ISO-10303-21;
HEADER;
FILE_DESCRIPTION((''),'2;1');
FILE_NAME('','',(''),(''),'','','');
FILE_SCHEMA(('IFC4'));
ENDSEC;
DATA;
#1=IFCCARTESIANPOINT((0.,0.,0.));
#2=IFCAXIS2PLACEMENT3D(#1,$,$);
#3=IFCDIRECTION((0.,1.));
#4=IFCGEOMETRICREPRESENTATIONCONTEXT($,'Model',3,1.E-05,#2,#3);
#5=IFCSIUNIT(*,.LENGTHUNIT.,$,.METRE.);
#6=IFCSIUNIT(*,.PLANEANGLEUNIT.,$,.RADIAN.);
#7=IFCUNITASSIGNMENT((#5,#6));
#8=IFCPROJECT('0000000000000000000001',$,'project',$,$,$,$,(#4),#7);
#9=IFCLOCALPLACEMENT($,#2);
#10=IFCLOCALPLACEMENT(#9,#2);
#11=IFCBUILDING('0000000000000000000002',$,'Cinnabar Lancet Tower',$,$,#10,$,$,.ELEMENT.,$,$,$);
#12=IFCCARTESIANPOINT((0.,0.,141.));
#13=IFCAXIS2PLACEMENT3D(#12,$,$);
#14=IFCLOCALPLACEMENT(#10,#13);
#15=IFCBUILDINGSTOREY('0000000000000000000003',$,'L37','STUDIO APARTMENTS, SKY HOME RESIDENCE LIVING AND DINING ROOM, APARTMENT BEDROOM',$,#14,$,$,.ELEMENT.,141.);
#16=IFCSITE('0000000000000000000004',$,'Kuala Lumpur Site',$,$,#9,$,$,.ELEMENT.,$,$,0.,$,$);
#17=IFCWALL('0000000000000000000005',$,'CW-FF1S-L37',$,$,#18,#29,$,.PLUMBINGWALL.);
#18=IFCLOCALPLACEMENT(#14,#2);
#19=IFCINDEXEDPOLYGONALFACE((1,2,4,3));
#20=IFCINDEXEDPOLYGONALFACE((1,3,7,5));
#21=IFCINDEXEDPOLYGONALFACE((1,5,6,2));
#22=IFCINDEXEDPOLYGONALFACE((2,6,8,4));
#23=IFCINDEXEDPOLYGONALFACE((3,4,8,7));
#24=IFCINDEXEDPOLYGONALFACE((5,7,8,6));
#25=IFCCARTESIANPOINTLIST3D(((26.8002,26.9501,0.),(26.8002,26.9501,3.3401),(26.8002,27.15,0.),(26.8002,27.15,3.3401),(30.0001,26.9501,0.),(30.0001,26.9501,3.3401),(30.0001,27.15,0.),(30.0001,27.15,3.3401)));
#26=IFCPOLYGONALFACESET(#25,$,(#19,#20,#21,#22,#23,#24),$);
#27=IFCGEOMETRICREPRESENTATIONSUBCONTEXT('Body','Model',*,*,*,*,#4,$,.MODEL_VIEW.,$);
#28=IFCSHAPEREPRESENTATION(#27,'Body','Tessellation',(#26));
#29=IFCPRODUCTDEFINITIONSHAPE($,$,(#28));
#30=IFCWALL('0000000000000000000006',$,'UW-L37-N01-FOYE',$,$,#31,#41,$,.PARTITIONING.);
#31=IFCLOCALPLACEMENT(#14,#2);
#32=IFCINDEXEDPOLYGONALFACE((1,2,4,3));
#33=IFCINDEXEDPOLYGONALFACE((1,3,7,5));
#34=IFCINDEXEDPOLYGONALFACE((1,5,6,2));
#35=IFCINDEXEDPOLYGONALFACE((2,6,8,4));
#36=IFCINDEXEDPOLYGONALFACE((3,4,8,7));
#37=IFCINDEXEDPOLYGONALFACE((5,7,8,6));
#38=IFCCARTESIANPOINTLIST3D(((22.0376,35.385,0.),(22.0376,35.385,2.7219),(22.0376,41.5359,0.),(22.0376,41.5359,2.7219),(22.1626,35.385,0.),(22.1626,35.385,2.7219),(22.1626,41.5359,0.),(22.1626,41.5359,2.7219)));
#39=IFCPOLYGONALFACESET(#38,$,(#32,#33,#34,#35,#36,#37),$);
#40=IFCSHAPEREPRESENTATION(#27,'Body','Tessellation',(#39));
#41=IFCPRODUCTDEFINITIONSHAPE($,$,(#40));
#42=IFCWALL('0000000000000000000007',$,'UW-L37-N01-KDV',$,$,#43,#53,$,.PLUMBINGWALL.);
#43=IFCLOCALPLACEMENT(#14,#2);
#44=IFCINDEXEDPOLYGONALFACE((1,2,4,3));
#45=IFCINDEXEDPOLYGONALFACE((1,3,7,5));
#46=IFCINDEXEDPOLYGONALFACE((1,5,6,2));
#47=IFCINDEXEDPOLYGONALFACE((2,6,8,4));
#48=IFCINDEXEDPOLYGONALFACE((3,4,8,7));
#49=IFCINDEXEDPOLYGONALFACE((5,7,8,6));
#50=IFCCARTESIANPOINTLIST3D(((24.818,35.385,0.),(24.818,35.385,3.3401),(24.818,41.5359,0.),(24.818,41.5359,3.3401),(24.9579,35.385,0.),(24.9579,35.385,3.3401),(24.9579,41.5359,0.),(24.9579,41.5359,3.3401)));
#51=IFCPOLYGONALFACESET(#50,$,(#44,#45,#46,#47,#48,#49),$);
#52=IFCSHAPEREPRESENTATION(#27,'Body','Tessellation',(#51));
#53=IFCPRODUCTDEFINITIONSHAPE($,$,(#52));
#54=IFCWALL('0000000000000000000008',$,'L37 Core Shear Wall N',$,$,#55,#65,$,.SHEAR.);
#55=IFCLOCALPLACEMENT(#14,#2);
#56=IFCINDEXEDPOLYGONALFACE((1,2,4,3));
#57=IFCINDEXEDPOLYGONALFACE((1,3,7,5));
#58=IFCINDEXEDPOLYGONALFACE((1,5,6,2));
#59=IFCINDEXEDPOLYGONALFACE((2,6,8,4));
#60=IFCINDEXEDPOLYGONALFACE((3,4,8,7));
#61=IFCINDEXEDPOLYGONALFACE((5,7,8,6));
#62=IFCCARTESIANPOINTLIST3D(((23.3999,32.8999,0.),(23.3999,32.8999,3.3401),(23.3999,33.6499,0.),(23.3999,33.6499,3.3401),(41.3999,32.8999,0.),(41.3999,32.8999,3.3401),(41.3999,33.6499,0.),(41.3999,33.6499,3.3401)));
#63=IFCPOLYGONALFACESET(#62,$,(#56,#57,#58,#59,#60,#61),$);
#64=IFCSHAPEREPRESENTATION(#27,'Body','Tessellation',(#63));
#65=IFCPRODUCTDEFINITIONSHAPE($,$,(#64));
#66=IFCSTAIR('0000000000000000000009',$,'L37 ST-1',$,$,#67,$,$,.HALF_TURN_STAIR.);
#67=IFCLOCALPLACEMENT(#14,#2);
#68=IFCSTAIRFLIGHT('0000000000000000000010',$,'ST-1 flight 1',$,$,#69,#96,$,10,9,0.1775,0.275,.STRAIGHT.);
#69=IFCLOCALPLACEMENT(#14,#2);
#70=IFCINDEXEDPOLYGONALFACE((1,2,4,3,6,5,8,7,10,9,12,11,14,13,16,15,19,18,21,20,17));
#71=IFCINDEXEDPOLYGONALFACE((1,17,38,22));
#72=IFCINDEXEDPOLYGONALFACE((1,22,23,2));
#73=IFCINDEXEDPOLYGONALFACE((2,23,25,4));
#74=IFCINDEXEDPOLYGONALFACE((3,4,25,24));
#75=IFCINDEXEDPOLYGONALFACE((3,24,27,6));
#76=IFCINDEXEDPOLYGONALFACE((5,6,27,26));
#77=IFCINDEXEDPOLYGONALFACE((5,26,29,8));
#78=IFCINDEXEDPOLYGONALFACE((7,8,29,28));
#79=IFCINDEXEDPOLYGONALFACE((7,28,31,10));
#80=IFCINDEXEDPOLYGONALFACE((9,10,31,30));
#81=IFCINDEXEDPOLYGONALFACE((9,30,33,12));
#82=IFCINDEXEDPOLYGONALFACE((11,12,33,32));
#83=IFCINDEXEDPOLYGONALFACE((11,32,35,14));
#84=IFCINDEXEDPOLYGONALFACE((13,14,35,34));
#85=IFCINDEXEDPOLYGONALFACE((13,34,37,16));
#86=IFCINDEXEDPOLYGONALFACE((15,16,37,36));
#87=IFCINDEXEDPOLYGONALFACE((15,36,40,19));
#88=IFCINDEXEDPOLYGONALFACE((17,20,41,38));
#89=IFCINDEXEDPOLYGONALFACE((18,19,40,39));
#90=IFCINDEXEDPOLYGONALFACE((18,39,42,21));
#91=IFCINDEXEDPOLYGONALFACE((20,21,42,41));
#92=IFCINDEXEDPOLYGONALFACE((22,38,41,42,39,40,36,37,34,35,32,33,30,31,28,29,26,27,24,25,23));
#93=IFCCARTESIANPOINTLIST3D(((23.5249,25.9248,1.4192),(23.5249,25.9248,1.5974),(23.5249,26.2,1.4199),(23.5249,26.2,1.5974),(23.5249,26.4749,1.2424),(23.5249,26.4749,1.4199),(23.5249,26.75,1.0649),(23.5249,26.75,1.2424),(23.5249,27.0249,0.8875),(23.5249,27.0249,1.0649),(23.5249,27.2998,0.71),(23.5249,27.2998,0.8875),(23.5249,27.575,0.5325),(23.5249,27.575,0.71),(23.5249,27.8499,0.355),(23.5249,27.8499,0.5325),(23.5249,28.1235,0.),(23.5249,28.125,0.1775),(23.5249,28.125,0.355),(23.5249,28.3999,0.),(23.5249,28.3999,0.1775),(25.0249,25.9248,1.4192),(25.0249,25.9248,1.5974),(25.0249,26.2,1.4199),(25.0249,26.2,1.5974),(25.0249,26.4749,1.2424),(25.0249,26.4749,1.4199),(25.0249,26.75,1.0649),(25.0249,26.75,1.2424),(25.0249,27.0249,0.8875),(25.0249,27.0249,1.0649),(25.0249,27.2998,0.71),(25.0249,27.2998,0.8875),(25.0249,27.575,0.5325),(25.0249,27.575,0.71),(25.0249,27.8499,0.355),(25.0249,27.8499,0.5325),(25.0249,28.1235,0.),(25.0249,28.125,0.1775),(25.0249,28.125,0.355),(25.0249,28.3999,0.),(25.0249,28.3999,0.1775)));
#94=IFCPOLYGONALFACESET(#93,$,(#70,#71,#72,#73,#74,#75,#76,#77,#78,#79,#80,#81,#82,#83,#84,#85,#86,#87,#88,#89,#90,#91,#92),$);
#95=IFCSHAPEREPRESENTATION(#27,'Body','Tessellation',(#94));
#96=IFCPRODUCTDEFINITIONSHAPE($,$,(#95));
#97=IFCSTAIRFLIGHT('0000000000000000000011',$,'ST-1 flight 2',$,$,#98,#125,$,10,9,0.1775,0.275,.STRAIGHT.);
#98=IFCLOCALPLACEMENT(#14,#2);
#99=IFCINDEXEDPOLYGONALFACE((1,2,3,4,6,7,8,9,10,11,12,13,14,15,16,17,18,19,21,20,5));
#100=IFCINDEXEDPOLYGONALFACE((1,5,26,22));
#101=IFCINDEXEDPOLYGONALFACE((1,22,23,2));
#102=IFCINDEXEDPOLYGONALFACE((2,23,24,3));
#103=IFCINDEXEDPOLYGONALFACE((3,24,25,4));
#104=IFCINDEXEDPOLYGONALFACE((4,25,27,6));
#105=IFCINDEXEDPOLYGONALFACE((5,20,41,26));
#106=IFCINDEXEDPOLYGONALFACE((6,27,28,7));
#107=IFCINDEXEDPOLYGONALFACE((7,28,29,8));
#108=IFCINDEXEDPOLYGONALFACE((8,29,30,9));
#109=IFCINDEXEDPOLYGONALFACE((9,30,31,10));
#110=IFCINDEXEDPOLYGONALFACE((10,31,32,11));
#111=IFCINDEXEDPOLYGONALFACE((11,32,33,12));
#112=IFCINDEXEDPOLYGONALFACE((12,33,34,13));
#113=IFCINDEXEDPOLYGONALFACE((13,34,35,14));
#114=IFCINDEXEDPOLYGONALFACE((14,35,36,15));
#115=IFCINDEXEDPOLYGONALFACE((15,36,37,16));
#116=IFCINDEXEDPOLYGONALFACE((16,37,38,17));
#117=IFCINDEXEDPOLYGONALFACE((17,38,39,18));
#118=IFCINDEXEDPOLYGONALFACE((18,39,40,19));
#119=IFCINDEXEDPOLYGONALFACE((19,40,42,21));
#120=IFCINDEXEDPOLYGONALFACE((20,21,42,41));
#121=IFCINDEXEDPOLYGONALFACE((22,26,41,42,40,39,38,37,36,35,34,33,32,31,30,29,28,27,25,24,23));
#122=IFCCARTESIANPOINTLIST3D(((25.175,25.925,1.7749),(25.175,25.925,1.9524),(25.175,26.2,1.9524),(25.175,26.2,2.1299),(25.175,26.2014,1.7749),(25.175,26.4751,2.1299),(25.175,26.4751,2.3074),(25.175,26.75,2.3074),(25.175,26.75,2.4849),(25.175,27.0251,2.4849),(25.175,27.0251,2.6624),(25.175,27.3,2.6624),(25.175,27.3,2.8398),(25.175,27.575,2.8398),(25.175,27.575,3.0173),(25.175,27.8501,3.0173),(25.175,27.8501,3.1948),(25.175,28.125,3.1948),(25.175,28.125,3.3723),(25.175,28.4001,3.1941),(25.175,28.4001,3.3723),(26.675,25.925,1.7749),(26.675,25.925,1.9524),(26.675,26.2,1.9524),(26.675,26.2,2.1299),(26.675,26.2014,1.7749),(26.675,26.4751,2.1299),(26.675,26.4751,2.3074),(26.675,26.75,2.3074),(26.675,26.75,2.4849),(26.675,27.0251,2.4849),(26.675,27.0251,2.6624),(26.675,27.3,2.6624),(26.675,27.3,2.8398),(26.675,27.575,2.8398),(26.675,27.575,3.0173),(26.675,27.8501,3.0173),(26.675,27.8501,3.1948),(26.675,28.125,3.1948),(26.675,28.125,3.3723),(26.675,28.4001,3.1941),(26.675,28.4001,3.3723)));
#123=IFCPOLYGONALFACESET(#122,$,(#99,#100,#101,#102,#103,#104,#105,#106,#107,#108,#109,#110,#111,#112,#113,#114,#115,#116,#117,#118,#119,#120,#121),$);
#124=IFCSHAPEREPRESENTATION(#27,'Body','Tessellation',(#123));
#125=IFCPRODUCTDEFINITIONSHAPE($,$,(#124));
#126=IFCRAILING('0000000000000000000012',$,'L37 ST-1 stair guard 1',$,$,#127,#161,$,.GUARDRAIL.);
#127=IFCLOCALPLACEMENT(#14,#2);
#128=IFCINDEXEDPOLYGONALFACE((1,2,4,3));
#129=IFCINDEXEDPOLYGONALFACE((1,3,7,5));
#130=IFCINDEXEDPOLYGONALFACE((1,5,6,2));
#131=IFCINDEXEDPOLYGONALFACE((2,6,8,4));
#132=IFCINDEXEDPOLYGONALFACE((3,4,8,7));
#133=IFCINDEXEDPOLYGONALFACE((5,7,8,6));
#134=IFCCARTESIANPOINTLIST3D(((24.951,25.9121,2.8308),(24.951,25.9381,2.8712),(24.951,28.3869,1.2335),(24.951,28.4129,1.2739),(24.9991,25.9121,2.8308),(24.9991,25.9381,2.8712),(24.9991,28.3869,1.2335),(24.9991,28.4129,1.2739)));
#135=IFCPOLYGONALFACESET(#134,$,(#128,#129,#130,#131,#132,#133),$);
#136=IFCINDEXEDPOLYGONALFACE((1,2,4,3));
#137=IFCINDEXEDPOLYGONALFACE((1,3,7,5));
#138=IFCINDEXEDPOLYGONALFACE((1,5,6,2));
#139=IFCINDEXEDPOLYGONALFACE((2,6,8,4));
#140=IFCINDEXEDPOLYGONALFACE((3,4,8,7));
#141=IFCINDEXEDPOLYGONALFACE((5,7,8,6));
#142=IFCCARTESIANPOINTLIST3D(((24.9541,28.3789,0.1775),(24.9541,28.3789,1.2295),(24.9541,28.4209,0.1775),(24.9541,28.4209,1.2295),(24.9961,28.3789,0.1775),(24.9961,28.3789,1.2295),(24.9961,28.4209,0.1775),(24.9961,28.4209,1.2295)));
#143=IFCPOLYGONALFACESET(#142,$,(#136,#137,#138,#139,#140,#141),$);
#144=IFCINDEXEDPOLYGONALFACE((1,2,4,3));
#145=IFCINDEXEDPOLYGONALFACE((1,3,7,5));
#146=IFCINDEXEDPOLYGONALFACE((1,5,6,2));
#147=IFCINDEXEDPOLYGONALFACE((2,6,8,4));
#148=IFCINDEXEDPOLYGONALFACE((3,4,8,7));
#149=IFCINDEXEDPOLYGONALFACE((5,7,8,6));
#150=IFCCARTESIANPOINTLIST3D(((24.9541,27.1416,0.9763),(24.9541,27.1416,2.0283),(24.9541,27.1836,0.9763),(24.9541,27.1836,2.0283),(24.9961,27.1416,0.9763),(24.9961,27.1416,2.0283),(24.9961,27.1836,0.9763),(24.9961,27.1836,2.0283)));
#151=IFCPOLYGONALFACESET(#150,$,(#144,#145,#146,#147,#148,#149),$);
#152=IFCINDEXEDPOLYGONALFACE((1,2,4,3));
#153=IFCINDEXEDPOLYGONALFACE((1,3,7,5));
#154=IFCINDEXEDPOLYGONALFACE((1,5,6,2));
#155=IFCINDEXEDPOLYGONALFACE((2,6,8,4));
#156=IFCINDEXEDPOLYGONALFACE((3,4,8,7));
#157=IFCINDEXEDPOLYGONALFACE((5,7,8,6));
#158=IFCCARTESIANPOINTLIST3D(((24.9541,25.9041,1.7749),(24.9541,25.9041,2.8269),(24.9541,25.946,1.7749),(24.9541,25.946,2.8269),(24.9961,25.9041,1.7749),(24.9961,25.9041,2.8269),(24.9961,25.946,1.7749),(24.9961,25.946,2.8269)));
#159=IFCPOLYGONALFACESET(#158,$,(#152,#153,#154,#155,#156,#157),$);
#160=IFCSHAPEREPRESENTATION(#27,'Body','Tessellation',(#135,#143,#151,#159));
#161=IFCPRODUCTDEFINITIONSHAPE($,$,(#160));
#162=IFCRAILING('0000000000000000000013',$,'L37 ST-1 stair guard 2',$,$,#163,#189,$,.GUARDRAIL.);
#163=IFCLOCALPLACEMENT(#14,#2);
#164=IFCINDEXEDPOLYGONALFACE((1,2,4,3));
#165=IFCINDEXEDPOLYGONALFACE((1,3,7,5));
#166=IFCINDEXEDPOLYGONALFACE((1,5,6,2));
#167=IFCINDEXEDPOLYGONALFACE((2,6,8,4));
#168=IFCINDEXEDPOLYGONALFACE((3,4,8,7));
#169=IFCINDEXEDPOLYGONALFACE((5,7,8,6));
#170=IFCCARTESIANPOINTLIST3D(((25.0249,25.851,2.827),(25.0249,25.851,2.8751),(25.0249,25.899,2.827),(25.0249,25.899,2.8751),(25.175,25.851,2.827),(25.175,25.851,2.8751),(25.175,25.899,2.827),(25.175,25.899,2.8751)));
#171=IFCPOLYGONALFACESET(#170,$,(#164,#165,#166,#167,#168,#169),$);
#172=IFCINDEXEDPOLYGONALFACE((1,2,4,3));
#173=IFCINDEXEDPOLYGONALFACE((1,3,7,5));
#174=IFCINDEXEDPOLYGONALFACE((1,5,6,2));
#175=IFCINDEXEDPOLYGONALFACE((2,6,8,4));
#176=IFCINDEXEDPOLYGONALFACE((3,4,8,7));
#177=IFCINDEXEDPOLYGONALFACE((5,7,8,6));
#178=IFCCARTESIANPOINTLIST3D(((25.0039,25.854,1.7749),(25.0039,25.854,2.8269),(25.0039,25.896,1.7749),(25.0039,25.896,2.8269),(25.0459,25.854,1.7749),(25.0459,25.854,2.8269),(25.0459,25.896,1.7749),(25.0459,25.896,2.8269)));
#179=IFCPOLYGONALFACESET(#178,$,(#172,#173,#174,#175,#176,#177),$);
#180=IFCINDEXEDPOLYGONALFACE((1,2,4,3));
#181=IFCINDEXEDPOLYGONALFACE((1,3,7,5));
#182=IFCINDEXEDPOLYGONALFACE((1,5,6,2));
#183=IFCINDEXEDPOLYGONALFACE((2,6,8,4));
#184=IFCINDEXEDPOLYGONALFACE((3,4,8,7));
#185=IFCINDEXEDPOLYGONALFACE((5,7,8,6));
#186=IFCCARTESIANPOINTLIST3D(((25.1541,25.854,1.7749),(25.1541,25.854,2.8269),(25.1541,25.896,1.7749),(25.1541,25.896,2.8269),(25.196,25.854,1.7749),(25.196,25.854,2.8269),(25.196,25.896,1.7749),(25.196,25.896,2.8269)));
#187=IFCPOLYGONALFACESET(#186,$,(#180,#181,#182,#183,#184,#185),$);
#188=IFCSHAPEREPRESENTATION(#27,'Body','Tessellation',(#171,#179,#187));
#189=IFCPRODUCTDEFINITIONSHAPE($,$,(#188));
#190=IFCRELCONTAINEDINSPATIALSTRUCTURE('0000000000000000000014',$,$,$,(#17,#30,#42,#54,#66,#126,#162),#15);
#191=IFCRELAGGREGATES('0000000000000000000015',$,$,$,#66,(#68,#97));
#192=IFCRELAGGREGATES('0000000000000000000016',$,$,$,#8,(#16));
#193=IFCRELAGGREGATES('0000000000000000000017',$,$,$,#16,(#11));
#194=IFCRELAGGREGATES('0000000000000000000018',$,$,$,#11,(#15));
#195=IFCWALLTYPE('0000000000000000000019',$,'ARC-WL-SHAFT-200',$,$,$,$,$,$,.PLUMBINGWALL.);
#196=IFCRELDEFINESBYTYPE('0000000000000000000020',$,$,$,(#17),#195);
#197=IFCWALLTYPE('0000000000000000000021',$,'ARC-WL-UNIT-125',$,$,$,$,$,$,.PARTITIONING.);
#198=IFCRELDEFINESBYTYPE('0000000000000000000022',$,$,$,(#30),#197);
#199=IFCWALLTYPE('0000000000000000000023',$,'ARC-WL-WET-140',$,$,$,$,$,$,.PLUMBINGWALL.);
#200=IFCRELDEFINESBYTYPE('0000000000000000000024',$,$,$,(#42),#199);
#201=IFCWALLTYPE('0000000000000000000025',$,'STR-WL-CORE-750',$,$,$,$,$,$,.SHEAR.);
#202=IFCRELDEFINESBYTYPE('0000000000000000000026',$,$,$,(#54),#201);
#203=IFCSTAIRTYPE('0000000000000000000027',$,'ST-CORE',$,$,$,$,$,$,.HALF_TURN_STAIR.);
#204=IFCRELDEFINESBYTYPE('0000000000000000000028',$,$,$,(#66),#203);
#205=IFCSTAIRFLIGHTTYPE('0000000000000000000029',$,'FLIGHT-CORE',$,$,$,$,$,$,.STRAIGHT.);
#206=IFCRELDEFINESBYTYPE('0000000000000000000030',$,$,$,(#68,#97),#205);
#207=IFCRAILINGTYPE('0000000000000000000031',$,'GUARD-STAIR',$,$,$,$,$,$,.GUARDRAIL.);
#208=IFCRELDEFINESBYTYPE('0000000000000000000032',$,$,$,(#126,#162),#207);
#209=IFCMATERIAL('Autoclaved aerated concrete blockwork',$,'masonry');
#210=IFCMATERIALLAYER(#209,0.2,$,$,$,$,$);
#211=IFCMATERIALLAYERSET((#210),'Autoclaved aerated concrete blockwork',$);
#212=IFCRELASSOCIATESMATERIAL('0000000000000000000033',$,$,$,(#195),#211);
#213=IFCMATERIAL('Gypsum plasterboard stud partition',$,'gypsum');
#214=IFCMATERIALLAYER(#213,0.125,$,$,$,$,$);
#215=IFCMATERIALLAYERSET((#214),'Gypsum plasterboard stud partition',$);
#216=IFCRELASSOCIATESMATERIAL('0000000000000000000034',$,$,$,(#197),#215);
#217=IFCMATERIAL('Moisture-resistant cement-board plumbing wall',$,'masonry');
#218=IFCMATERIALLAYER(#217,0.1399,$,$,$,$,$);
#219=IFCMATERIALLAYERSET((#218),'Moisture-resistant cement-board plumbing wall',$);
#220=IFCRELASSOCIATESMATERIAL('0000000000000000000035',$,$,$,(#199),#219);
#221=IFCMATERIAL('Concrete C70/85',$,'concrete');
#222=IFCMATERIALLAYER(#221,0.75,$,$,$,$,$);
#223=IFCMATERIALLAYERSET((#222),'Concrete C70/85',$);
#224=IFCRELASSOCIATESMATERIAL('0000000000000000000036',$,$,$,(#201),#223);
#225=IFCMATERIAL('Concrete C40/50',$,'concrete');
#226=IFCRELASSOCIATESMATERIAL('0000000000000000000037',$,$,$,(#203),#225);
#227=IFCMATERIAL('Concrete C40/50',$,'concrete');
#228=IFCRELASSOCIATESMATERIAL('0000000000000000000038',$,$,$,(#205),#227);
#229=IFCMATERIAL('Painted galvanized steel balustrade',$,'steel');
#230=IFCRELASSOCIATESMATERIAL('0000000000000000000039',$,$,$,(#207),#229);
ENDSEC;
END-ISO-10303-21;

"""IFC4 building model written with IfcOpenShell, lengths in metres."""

from ifc_helpers import new_model, si_unit, direction, frame, frame_2d, origin, origin_2d, place, context, subcontext, project, spatial, polyline, rectangle, outline, extrude, material, layer, layer_set, type_object, element, aggregate, save


model = new_model("IFC4")

# Units and contexts
model_context = context("Model", 3, precision=1e-05, world=origin(), true_north=direction((0.0, 1.0)))
body_context = subcontext(model_context, "Body", "Model", "MODEL_VIEW")
ifc_project = project(units=[si_unit("LENGTHUNIT", "METRE"), si_unit("PLANEANGLEUNIT", "RADIAN")], contexts=[model_context])

# Site, building, storey
site_placement = place(None, origin())
site = spatial("IfcSite", under=ifc_project, at=site_placement, Name="Kuala Lumpur Site", CompositionType="ELEMENT", RefElevation=0.0)
building_placement = place(site_placement, origin())
building = spatial("IfcBuilding", under=site, at=building_placement, Name="Cinnabar Lancet Tower", CompositionType="ELEMENT")
storey_placement = place(building_placement, frame((0.0, 0.0, 141.0)))
storey = spatial("IfcBuildingStorey", under=building, at=storey_placement, Name="L37", Description="STUDIO APARTMENTS, SKY HOME RESIDENCE LIVING AND DINING ROOM, APARTMENT BEDROOM", CompositionType="ELEMENT", Elevation=141.0)

# Shared definitions
ifc_material_1 = material(Name="Autoclaved aerated concrete blockwork", Category="masonry")
ifc_layer_1 = layer(ifc_material_1, 0.2)
ifc_layer_set_1 = layer_set([ifc_layer_1], Name="Autoclaved aerated concrete blockwork")
wall_type_1 = type_object("IfcWallType", Name="ARC-WL-SHAFT-200", PredefinedType="PLUMBINGWALL", material=ifc_layer_set_1)

# Walls
wall_1_placement = place(storey_placement, frame((26.8, 27.05, 0.0), z_axis=(0.0, 0.0, 1.0), x_axis=(1.0, 0.0, 0.0)))
element("IfcWall", 1, at=wall_1_placement, inside=storey, type_object=wall_type_1, Name="CW-FF1S-L37", PredefinedType="PLUMBINGWALL", context=body_context, shape_type="SweptSolid", body=[
    extrude(rectangle(XDim=3.2, YDim=0.2, at=frame_2d((1.6001, 0.0))), origin(), (0.0, 0.0, 1.0), 3.3401),
])
ifc_material_2 = material(Name="Gypsum plasterboard stud partition", Category="gypsum")
ifc_layer_2 = layer(ifc_material_2, 0.125)
ifc_layer_set_2 = layer_set([ifc_layer_2], Name="Gypsum plasterboard stud partition")
wall_type_2 = type_object("IfcWallType", Name="ARC-WL-UNIT-125", PredefinedType="PARTITIONING", material=ifc_layer_set_2)
wall_2_placement = place(storey_placement, frame((22.1001, 35.385, 0.0), z_axis=(0.0, 0.0, 1.0), x_axis=(0.0, 1.0, 0.0)))
element("IfcWall", 2, at=wall_2_placement, inside=storey, type_object=wall_type_2, Name="UW-L37-N01-FOYE", PredefinedType="PARTITIONING", context=body_context, shape_type="SweptSolid", body=[
    extrude(rectangle(XDim=6.1509, YDim=0.125, at=frame_2d((3.0754, 0.0))), origin(), (0.0, 0.0, 1.0), 2.7219),
])
ifc_material_3 = material(Name="Moisture-resistant cement-board plumbing wall", Category="masonry")
ifc_layer_3 = layer(ifc_material_3, 0.1399)
ifc_layer_set_3 = layer_set([ifc_layer_3], Name="Moisture-resistant cement-board plumbing wall")
wall_type_3 = type_object("IfcWallType", Name="ARC-WL-WET-140", PredefinedType="PLUMBINGWALL", material=ifc_layer_set_3)
wall_3_placement = place(storey_placement, frame((24.8879, 35.385, 0.0), z_axis=(0.0, 0.0, 1.0), x_axis=(0.0, 1.0, 0.0)))
element("IfcWall", 3, at=wall_3_placement, inside=storey, type_object=wall_type_3, Name="UW-L37-N01-KDV", PredefinedType="PLUMBINGWALL", context=body_context, shape_type="SweptSolid", body=[
    extrude(rectangle(XDim=6.1509, YDim=0.1399, at=frame_2d((3.0754, 0.0))), origin(), (0.0, 0.0, 1.0), 3.3401),
])
ifc_material_4 = material(Name="Concrete C70/85", Category="concrete")
ifc_layer_4 = layer(ifc_material_4, 0.75)
ifc_layer_set_4 = layer_set([ifc_layer_4], Name="Concrete C70/85")
wall_type_4 = type_object("IfcWallType", Name="STR-WL-CORE-750", PredefinedType="SHEAR", material=ifc_layer_set_4)
wall_4_placement = place(storey_placement, frame((23.3999, 33.2749, 0.0), z_axis=(0.0, 0.0, 1.0), x_axis=(1.0, 0.0, 0.0)))
element("IfcWall", 4, at=wall_4_placement, inside=storey, type_object=wall_type_4, Name="L37 Core Shear Wall N", PredefinedType="SHEAR", context=body_context, shape_type="SweptSolid", body=[
    extrude(rectangle(XDim=18.0, YDim=0.75, at=frame_2d((9.0, 0.0))), origin(), (0.0, 0.0, 1.0), 3.3401),
])

# Stair, stair flights
ifc_material_5 = material(Name="Concrete C40/50", Category="concrete")
stair_type = type_object("IfcStairType", Name="ST-CORE", PredefinedType="HALF_TURN_STAIR", material=ifc_material_5)
stair_placement = place(storey_placement, origin())
stair = element("IfcStair", 5, at=stair_placement, inside=storey, type_object=stair_type, Name="L37 ST-1", PredefinedType="HALF_TURN_STAIR")
ifc_material_6 = material(Name="Concrete C40/50", Category="concrete")
stair_flight_type = type_object("IfcStairFlightType", Name="FLIGHT-CORE", PredefinedType="STRAIGHT", material=ifc_material_6)
stair_flight_1_placement = place(storey_placement, frame((24.2749, 28.3999, 0.0), z_axis=(0.0, 0.0, 1.0), x_axis=(0.0, -1.0, 0.0)))
stair_flight_1 = element("IfcStairFlight", 6, at=stair_flight_1_placement, type_object=stair_flight_type, Name="ST-1 flight 1", NumberOfRisers=10, NumberOfTreads=9, PredefinedType="STRAIGHT", RiserHeight=0.1775, TreadLength=0.275, context=body_context, shape_type="SweptSolid", body=[
    extrude(outline(polyline([(0.0, 0.0), (0.0, 0.1775), (0.2749, 0.1775), (0.2749, 0.355), (0.55, 0.355), (0.55, 0.5325), (0.825, 0.5325), (0.825, 0.71), (1.1001, 0.71), (1.1001, 0.8875), (1.375, 0.8875), (1.375, 1.0649), (1.6499, 1.0649), (1.6499, 1.2424), (1.925, 1.2424), (1.925, 1.4199), (2.2, 1.4199), (2.2, 1.5974), (2.4751, 1.5974), (2.4751, 1.7749), (2.4751, 1.4192), (0.2764, 0.0), (0.0, 0.0)])), frame((0.0, 0.75, 0.0), z_axis=(0.0, -1.0, 0.0), x_axis=(1.0, 0.0, 0.0)), (0.0, 0.0, 1.0), 1.5),
])
stair_flight_2_placement = place(storey_placement, frame((25.925, 25.925, 1.7749), z_axis=(0.0, 0.0, 1.0), x_axis=(0.0, 1.0, 0.0)))
stair_flight_2 = element("IfcStairFlight", 7, at=stair_flight_2_placement, type_object=stair_flight_type, Name="ST-1 flight 2", NumberOfRisers=10, NumberOfTreads=9, PredefinedType="STRAIGHT", RiserHeight=0.1775, TreadLength=0.275, context=body_context, shape_type="SweptSolid", body=[
    extrude(outline(polyline([(0.0, 0.0), (0.0, 0.1775), (0.2749, 0.1775), (0.2749, 0.355), (0.55, 0.355), (0.55, 0.5325), (0.825, 0.5325), (0.825, 0.71), (1.1001, 0.71), (1.1001, 0.8875), (1.375, 0.8875), (1.375, 1.0649), (1.6499, 1.0649), (1.6499, 1.2424), (1.925, 1.2424), (1.925, 1.4199), (2.2, 1.4199), (2.2, 1.5974), (2.4751, 1.5974), (2.4751, 1.7749), (2.4751, 1.4192), (0.2764, 0.0), (0.0, 0.0)])), frame((0.0, 0.75, 0.0), z_axis=(0.0, -1.0, 0.0), x_axis=(1.0, 0.0, 0.0)), (0.0, 0.0, 1.0), 1.5),
])
aggregate(stair, [stair_flight_1, stair_flight_2])

# Railings
ifc_material_7 = material(Name="Painted galvanized steel balustrade", Category="steel")
railing_type_1 = type_object("IfcRailingType", Name="GUARD-STAIR", PredefinedType="GUARDRAIL", material=ifc_material_7)
railing_1_placement = place(storey_placement, frame((24.9751, 28.3999, 0.1775)))
element("IfcRailing", 8, at=railing_1_placement, inside=storey, type_object=railing_type_1, Name="L37 ST-1 stair guard 1", PredefinedType="GUARDRAIL", context=body_context, shape_type="SweptSolid", body=[
    extrude(rectangle(XDim=0.0481, YDim=0.0481, at=origin_2d()), frame((0.0, 0.0, 1.0762), z_axis=(0.0, -0.840183, 0.542302), x_axis=(1.0, 0.0, 0.0)), (0.0, 0.0, 1.0), 2.9456),
    extrude(rectangle(XDim=0.042, YDim=0.042, at=origin_2d()), origin(), (0.0, 0.0, 1.0), 1.052),
    extrude(rectangle(XDim=0.042, YDim=0.042, at=origin_2d()), frame((0.0, -1.2373, 0.7988)), (0.0, 0.0, 1.0), 1.052),
    extrude(rectangle(XDim=0.042, YDim=0.042, at=origin_2d()), frame((0.0, -2.4749, 1.5974)), (0.0, 0.0, 1.0), 1.052),
])
railing_2_placement = place(storey_placement, frame((25.0249, 25.875, 1.7749)))
element("IfcRailing", 9, at=railing_2_placement, inside=storey, type_object=railing_type_1, Name="L37 ST-1 stair guard 2", PredefinedType="GUARDRAIL", context=body_context, shape_type="SweptSolid", body=[
    extrude(rectangle(XDim=0.0481, YDim=0.0481, at=origin_2d()), frame((0.0, 0.0, 1.0762), z_axis=(1.0, 0.0, 0.0), x_axis=(0.0, 1.0, 0.0)), (0.0, 0.0, 1.0), 0.1501),
    extrude(rectangle(XDim=0.042, YDim=0.042, at=origin_2d()), origin(), (0.0, 0.0, 1.0), 1.052),
    extrude(rectangle(XDim=0.042, YDim=0.042, at=origin_2d()), frame((0.1501, 0.0, 0.0)), (0.0, 0.0, 1.0), 1.052),
])

save(model, "model.ifc")
